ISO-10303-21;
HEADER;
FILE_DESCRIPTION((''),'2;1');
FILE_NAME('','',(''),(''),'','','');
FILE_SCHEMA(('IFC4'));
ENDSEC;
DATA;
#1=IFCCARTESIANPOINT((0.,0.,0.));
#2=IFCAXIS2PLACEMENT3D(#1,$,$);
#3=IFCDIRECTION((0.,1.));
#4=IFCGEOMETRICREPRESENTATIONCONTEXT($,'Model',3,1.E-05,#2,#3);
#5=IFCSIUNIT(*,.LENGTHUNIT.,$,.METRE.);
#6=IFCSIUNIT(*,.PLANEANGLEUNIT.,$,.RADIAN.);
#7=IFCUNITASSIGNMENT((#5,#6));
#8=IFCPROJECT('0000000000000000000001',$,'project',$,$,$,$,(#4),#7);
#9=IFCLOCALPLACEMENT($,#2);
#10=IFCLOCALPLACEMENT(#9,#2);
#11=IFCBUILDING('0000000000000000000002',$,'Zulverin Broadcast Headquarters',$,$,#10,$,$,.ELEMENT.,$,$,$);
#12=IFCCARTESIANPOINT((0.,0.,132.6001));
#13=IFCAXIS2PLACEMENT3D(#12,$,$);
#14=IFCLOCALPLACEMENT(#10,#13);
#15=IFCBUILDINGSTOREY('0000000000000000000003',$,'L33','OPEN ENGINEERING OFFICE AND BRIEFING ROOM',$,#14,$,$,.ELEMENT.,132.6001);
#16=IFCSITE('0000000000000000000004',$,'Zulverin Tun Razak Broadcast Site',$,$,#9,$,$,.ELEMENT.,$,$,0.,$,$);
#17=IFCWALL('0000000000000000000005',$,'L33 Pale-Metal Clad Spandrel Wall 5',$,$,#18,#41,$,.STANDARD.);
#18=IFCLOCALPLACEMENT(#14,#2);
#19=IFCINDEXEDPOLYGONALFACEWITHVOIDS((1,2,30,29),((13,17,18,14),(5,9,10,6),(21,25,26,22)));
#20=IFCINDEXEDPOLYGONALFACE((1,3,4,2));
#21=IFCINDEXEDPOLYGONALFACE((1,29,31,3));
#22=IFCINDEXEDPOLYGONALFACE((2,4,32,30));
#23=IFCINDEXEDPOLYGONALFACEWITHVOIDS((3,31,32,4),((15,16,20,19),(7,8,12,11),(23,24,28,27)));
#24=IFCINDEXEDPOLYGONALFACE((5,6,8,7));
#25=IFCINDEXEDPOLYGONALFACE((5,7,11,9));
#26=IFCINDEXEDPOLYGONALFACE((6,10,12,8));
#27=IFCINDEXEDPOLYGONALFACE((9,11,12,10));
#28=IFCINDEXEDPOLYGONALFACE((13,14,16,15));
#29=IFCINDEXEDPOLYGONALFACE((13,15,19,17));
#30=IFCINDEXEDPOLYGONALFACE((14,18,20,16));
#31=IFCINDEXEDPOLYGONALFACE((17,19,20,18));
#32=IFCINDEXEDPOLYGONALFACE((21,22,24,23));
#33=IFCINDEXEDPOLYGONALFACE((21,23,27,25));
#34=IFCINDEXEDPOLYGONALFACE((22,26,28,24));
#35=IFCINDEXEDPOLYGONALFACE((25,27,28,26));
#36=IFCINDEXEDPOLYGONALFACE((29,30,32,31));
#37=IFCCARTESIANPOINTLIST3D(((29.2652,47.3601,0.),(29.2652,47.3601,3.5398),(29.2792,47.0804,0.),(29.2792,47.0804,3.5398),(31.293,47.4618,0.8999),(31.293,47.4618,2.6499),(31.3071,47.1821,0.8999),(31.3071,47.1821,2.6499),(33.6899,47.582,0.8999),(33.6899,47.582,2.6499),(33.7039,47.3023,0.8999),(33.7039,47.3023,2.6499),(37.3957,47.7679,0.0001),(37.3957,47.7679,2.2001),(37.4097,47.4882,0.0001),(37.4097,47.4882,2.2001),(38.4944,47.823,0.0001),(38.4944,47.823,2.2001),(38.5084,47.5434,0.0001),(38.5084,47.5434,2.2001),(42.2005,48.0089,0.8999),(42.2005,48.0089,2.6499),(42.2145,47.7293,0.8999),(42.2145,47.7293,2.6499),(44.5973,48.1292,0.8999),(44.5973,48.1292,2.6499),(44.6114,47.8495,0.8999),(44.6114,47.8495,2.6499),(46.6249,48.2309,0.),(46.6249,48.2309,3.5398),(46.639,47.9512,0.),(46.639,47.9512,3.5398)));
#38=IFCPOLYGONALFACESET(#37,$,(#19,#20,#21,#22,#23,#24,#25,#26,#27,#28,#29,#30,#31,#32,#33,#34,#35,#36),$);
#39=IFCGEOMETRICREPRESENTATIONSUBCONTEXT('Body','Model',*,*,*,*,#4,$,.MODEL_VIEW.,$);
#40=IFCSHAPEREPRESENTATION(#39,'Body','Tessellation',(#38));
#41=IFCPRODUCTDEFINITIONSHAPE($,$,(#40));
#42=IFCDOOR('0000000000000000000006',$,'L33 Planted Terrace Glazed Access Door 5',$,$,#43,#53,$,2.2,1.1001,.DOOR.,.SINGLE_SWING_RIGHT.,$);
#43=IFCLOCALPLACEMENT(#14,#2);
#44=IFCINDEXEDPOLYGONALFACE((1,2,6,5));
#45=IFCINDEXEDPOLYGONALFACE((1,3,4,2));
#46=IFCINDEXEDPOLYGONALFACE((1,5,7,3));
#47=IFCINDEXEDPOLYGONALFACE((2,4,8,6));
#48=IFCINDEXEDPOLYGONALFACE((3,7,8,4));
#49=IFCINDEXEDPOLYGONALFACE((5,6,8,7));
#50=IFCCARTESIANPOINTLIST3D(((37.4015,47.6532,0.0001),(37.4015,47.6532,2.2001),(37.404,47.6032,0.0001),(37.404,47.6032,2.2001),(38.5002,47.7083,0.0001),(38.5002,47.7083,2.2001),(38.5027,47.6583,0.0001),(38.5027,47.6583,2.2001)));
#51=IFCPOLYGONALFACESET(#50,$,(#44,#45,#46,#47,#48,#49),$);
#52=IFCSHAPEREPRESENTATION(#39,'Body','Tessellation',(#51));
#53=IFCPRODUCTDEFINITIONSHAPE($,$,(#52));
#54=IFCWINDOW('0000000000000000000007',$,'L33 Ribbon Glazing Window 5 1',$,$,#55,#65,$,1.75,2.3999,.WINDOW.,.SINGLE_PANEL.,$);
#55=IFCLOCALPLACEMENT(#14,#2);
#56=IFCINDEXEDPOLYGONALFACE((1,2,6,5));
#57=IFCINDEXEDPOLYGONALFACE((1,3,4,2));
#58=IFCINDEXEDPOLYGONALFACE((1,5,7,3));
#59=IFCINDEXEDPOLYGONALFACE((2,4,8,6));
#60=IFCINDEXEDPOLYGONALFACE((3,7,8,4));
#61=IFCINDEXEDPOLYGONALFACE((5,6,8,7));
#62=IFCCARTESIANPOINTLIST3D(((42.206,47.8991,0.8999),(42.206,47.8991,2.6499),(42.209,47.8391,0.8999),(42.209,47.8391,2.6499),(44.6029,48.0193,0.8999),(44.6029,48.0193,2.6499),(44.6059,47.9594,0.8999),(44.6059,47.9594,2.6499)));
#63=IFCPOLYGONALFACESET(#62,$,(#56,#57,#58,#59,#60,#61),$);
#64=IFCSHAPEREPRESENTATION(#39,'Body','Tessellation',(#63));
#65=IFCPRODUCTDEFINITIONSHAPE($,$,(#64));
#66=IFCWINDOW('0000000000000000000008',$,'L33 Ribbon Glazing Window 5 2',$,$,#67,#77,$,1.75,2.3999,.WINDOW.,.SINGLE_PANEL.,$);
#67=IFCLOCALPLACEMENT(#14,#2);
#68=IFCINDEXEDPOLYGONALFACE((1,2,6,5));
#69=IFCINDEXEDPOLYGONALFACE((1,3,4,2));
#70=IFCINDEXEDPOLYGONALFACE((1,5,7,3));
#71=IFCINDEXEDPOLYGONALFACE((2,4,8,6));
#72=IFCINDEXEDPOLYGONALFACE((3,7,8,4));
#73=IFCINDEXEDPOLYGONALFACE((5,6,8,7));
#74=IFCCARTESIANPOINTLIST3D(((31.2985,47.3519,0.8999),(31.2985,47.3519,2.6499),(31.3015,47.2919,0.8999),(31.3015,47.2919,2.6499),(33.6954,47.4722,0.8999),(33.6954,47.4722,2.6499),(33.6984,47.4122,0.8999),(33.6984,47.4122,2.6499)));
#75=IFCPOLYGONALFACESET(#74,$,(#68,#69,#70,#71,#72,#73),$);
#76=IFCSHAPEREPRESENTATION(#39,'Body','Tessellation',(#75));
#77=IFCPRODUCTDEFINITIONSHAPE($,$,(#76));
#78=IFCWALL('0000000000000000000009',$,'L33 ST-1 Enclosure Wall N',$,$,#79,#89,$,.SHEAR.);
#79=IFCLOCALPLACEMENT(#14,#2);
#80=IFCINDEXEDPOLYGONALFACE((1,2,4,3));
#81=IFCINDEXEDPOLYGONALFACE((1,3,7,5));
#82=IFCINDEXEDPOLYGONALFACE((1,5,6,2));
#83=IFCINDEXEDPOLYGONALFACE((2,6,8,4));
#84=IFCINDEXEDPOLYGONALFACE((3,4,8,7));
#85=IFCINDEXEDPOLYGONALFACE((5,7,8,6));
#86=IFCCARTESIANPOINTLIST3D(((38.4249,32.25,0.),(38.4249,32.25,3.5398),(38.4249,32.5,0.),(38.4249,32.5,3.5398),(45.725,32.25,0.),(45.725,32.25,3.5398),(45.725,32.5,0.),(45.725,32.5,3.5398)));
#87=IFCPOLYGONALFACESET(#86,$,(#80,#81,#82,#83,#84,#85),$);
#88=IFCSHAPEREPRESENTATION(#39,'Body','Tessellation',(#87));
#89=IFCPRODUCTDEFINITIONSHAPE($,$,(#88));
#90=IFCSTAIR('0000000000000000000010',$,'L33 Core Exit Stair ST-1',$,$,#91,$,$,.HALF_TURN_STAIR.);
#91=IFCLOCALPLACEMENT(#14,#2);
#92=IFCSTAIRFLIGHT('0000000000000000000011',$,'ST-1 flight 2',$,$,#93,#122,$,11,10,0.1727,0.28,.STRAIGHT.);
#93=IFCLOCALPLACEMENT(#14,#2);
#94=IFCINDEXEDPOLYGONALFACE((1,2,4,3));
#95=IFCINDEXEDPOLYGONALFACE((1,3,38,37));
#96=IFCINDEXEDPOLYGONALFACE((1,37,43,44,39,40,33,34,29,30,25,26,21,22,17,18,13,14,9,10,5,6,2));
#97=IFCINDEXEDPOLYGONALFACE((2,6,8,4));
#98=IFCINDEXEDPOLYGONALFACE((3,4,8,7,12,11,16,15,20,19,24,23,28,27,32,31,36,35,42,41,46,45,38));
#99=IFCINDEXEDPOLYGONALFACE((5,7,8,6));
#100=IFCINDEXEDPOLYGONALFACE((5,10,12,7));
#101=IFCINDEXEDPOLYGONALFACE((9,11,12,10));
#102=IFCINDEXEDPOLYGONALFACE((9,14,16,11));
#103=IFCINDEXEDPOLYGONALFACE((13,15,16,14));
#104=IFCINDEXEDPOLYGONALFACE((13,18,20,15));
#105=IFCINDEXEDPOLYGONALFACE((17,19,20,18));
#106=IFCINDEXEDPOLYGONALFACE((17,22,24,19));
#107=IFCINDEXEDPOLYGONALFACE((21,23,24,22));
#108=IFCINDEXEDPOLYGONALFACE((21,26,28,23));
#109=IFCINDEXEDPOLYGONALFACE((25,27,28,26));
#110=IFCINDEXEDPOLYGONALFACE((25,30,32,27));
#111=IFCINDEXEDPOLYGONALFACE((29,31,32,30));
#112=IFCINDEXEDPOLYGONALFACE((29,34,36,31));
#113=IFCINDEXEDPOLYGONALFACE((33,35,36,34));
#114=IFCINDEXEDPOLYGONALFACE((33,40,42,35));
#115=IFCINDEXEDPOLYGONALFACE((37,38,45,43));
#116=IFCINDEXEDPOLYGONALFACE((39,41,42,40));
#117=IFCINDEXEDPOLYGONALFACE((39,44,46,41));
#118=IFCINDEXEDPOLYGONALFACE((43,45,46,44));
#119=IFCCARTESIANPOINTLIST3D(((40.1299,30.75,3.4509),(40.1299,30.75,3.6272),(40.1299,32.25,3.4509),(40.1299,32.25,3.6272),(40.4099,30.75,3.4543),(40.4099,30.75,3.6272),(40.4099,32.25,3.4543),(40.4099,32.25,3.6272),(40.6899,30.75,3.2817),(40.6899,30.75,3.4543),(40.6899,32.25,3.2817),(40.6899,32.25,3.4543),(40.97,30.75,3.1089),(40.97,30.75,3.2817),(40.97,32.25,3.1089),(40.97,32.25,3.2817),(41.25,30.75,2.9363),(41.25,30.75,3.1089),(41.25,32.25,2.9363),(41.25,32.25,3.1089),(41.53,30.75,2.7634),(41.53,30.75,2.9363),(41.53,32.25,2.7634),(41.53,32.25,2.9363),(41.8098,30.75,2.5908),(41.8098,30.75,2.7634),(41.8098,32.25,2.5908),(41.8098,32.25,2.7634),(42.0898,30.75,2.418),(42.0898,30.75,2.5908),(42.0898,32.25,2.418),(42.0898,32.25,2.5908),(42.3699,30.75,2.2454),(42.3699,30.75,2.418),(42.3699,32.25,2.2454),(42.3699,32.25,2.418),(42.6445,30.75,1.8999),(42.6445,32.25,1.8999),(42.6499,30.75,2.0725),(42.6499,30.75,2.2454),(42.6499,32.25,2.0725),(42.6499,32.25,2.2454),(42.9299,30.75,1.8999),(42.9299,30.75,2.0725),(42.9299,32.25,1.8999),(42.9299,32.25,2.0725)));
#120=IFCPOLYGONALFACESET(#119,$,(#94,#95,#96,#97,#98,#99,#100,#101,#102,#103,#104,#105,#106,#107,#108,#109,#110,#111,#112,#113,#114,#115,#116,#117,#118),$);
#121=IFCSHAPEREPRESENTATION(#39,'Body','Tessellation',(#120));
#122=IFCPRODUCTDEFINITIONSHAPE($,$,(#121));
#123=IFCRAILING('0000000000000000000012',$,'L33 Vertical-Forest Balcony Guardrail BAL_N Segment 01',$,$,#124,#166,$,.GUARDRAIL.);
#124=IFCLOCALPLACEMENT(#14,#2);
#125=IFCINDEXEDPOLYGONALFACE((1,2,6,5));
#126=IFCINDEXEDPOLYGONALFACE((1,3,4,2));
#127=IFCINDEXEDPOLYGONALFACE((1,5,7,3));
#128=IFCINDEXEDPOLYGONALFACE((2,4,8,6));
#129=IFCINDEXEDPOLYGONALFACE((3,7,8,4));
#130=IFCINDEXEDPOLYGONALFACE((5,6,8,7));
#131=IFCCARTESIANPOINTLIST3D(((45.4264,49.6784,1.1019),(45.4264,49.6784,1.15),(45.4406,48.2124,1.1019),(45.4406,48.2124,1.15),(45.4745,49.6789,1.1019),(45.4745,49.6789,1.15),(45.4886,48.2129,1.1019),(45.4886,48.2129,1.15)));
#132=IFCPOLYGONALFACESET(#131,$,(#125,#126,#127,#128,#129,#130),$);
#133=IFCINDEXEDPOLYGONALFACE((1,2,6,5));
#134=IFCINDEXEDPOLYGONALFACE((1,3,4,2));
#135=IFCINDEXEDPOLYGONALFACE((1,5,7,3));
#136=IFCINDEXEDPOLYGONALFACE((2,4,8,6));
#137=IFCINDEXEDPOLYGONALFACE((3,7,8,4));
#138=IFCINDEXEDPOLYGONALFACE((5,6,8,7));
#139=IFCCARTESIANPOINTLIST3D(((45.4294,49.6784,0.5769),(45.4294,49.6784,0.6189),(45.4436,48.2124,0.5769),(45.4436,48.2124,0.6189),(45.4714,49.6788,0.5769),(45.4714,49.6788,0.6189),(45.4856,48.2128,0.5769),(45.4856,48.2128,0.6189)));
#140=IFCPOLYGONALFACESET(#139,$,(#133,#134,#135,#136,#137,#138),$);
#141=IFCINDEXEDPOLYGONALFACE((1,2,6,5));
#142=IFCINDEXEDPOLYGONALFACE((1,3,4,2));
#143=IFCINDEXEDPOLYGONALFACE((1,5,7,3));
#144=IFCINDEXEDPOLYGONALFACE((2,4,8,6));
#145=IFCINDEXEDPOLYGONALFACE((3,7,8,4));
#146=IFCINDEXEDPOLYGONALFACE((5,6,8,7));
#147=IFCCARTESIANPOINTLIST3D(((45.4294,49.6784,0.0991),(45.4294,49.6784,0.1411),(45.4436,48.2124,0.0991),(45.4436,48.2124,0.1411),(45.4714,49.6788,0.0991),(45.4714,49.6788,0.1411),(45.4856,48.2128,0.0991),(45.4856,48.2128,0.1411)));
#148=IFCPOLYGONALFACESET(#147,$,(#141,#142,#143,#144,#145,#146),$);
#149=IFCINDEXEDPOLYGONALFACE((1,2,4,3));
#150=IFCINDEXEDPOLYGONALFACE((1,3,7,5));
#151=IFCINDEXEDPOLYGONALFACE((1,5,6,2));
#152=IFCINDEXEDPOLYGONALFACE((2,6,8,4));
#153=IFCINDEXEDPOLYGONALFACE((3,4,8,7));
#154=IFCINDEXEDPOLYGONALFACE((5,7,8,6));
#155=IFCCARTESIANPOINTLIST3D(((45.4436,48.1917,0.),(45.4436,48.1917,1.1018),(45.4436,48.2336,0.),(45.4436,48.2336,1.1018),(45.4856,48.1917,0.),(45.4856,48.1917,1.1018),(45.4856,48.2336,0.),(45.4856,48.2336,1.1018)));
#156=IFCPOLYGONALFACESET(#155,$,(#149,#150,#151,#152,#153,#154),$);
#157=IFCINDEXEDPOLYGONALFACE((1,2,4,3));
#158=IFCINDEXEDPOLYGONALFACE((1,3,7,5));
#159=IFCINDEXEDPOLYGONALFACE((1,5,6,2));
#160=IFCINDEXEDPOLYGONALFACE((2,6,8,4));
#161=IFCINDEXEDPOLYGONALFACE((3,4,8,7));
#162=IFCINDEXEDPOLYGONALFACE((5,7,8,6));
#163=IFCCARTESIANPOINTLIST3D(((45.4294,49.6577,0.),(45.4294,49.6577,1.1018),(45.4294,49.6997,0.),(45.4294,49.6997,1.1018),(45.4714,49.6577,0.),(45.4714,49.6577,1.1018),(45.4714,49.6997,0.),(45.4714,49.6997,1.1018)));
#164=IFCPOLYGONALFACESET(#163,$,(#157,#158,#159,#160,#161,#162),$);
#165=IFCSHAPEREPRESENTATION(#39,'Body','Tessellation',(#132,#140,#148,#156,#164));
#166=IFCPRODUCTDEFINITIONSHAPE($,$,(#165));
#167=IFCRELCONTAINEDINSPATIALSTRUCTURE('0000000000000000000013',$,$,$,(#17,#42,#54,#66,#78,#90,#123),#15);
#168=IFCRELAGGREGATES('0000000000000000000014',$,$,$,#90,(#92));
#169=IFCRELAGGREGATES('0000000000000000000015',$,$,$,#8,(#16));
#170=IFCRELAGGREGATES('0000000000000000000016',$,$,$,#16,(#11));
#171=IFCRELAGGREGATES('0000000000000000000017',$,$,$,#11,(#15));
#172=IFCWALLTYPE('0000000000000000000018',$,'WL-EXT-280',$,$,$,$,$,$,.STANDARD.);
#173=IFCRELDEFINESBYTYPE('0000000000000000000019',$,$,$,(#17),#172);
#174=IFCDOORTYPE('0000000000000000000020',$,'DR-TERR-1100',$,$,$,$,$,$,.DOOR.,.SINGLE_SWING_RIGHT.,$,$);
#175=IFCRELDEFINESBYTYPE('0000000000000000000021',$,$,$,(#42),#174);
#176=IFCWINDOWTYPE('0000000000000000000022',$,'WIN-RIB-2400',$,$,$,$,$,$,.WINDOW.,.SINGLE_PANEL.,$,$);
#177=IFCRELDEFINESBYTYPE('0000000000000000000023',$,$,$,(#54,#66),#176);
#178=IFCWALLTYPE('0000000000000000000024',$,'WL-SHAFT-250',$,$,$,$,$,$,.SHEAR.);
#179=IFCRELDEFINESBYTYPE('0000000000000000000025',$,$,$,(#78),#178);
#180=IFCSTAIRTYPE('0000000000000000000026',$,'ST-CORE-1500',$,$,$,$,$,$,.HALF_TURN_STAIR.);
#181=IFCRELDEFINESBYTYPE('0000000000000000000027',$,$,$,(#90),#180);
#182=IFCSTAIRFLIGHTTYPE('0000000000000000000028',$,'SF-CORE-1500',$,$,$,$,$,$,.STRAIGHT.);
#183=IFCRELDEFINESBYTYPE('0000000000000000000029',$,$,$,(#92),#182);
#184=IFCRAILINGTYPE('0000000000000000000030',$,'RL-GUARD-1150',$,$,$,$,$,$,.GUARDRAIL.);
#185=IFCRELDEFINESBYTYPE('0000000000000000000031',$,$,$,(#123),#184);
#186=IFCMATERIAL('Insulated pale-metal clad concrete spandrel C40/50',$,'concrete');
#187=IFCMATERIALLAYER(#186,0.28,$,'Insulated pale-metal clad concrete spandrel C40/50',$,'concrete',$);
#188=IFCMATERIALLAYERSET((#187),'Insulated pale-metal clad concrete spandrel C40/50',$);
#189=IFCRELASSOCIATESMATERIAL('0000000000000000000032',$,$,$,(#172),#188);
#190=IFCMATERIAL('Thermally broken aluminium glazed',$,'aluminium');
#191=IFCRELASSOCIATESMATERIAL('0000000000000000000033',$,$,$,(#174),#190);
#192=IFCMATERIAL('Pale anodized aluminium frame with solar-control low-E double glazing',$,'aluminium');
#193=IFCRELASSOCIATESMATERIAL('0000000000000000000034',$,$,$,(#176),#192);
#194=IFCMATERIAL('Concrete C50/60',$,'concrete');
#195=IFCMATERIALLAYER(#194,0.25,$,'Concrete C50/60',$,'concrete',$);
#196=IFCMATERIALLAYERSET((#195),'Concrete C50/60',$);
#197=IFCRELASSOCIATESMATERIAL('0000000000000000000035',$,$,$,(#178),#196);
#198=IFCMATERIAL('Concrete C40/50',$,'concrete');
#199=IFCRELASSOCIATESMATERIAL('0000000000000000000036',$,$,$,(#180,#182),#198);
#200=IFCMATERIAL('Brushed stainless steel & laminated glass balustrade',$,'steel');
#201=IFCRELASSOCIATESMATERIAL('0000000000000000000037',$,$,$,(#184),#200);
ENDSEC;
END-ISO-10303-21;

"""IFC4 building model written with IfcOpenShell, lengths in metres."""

from ifc_helpers import new_model, si_unit, direction, frame, frame_2d, origin, origin_2d, place, context, subcontext, project, spatial, polyline, rectangle, outline, extrude, material, layer, layer_set, type_object, element, fill, aggregate, save


model = new_model("IFC4")

# Units and contexts
model_context = context("Model", 3, precision=1e-05, world=origin(), true_north=direction((0.0, 1.0)))
body_context = subcontext(model_context, "Body", "Model", "MODEL_VIEW")
ifc_project = project(units=[si_unit("LENGTHUNIT", "METRE"), si_unit("PLANEANGLEUNIT", "RADIAN")], contexts=[model_context])

# Site, building, storey
site_placement = place(None, origin())
site = spatial("IfcSite", under=ifc_project, at=site_placement, Name="Zulverin Tun Razak Broadcast Site", CompositionType="ELEMENT", RefElevation=0.0)
building_placement = place(site_placement, origin())
building = spatial("IfcBuilding", under=site, at=building_placement, Name="Zulverin Broadcast Headquarters", CompositionType="ELEMENT")
storey_placement = place(building_placement, frame((0.0, 0.0, 132.6001)))
storey = spatial("IfcBuildingStorey", under=building, at=storey_placement, Name="L33", Description="OPEN ENGINEERING OFFICE AND BRIEFING ROOM", CompositionType="ELEMENT", Elevation=132.6001)

# Shared definitions
ifc_material_1 = material(Name="Concrete C50/60", Category="concrete")

# Shared definitions
ifc_material_2 = material(Name="Concrete C40/50", Category="concrete")

# Wall, openings, door, windows
ifc_material_3 = material(Name="Insulated pale-metal clad concrete spandrel C40/50", Category="concrete")
ifc_layer_1 = layer(ifc_material_3, 0.28, Name="Insulated pale-metal clad concrete spandrel C40/50", Category="concrete")
ifc_layer_set_1 = layer_set([ifc_layer_1], Name="Insulated pale-metal clad concrete spandrel C40/50")
wall_type_1 = type_object("IfcWallType", Name="WL-EXT-280", PredefinedType="STANDARD", material=ifc_layer_set_1)
wall_1_placement = place(storey_placement, frame((46.6321, 48.0911, 0.0), z_axis=(0.0, 0.0, 1.0), x_axis=(-0.998744, -0.050102, 0.0)))
wall_1 = element("IfcWall", 1, at=wall_1_placement, inside=storey, type_object=wall_type_1, Name="L33 Pale-Metal Clad Spandrel Wall 5", PredefinedType="STANDARD", context=body_context, shape_type="SweptSolid", body=[
    extrude(rectangle(XDim=17.3816, YDim=0.28, at=frame_2d((8.6909, 0.0))), origin(), (0.0, 0.0, 1.0), 3.5398),
])
opening_1_placement = place(wall_1_placement, frame((8.1409, 0.0, 0.0)))
opening_1 = element("IfcOpeningElement", 2, at=opening_1_placement, cuts=wall_1, PredefinedType="OPENING", context=body_context, shape_type="SweptSolid", body=[
    extrude(rectangle(XDim=1.1001, YDim=2.2, at=frame_2d((0.55, 1.1001))), frame((0.0, 0.1499, 0.0), z_axis=(0.0, -1.0, 0.0), x_axis=(1.0, 0.0, 0.0)), (0.0, 0.0, 1.0), 0.3),
])
opening_2_placement = place(wall_1_placement, frame((2.0303, 0.0, 0.8999)))
opening_2 = element("IfcOpeningElement", 3, at=opening_2_placement, cuts=wall_1, PredefinedType="OPENING", context=body_context, shape_type="SweptSolid", body=[
    extrude(rectangle(XDim=2.3999, YDim=1.75, at=frame_2d((1.2, 0.875))), frame((0.0, 0.1499, 0.0), z_axis=(0.0, -1.0, 0.0), x_axis=(1.0, 0.0, 0.0)), (0.0, 0.0, 1.0), 0.3),
])
opening_3_placement = place(wall_1_placement, frame((12.9514, 0.0, 0.8999)))
opening_3 = element("IfcOpeningElement", 4, at=opening_3_placement, cuts=wall_1, PredefinedType="OPENING", context=body_context, shape_type="SweptSolid", body=[
    extrude(rectangle(XDim=2.3999, YDim=1.75, at=frame_2d((1.2, 0.875))), frame((0.0, 0.1499, 0.0), z_axis=(0.0, -1.0, 0.0), x_axis=(1.0, 0.0, 0.0)), (0.0, 0.0, 1.0), 0.3),
])
ifc_material_4 = material(Name="Thermally broken aluminium glazed", Category="aluminium")
door_type = type_object("IfcDoorType", Name="DR-TERR-1100", OperationType="SINGLE_SWING_RIGHT", PredefinedType="DOOR", material=ifc_material_4)
door_placement = place(opening_1_placement, origin())
door = element("IfcDoor", 5, at=door_placement, inside=storey, type_object=door_type, Name="L33 Planted Terrace Glazed Access Door 5", OperationType="SINGLE_SWING_RIGHT", OverallHeight=2.2, OverallWidth=1.1001, PredefinedType="DOOR", context=body_context, shape_type="SweptSolid", body=[
    extrude(rectangle(XDim=1.1001, YDim=2.2, at=frame_2d((0.55, 1.1001))), frame((0.0, 0.0249, 0.0), z_axis=(0.0, -1.0, 0.0), x_axis=(1.0, 0.0, 0.0)), (0.0, 0.0, 1.0), 0.05),
])
fill(opening_1, door)
ifc_material_5 = material(Name="Pale anodized aluminium frame with solar-control low-E double glazing", Category="aluminium")
window_type = type_object("IfcWindowType", Name="WIN-RIB-2400", PartitioningType="SINGLE_PANEL", PredefinedType="WINDOW", material=ifc_material_5)
window_1_placement = place(opening_2_placement, origin())
window_1 = element("IfcWindow", 6, at=window_1_placement, inside=storey, type_object=window_type, Name="L33 Ribbon Glazing Window 5 1", OverallHeight=1.75, OverallWidth=2.3999, PartitioningType="SINGLE_PANEL", PredefinedType="WINDOW", context=body_context, shape_type="SweptSolid", body=[
    extrude(rectangle(XDim=2.3999, YDim=1.75, at=frame_2d((1.2, 0.875))), frame((0.0, 0.03, 0.0), z_axis=(0.0, -1.0, 0.0), x_axis=(1.0, 0.0, 0.0)), (0.0, 0.0, 1.0), 0.0601),
])
fill(opening_2, window_1)
window_2_placement = place(opening_3_placement, origin())
window_2 = element("IfcWindow", 7, at=window_2_placement, inside=storey, type_object=window_type, Name="L33 Ribbon Glazing Window 5 2", OverallHeight=1.75, OverallWidth=2.3999, PartitioningType="SINGLE_PANEL", PredefinedType="WINDOW", context=body_context, shape_type="SweptSolid", body=[
    extrude(rectangle(XDim=2.3999, YDim=1.75, at=frame_2d((1.2, 0.875))), frame((0.0, 0.03, 0.0), z_axis=(0.0, -1.0, 0.0), x_axis=(1.0, 0.0, 0.0)), (0.0, 0.0, 1.0), 0.0601),
])
fill(opening_3, window_2)

# Wall
ifc_layer_2 = layer(ifc_material_1, 0.25, Name="Concrete C50/60", Category="concrete")
ifc_layer_set_2 = layer_set([ifc_layer_2], Name="Concrete C50/60")
wall_type_2 = type_object("IfcWallType", Name="WL-SHAFT-250", PredefinedType="SHEAR", material=ifc_layer_set_2)
wall_2_placement = place(storey_placement, frame((38.425, 32.375, 0.0), z_axis=(0.0, 0.0, 1.0), x_axis=(1.0, 0.0, 0.0)))
element("IfcWall", 8, at=wall_2_placement, inside=storey, type_object=wall_type_2, Name="L33 ST-1 Enclosure Wall N", PredefinedType="SHEAR", context=body_context, shape_type="SweptSolid", body=[
    extrude(rectangle(XDim=7.3, YDim=0.25, at=frame_2d((3.6499, 0.0))), origin(), (0.0, 0.0, 1.0), 3.5398),
])

# Stair, stair flight
stair_type = type_object("IfcStairType", Name="ST-CORE-1500", PredefinedType="HALF_TURN_STAIR", material=ifc_material_2)
stair_placement = place(storey_placement, origin())
stair = element("IfcStair", 9, at=stair_placement, inside=storey, type_object=stair_type, Name="L33 Core Exit Stair ST-1", PredefinedType="HALF_TURN_STAIR")
stair_flight_type = type_object("IfcStairFlightType", Name="SF-CORE-1500", PredefinedType="STRAIGHT", material=ifc_material_2)
stair_flight_placement = place(storey_placement, frame((42.9299, 31.5, 1.8999), z_axis=(0.0, 0.0, 1.0), x_axis=(-1.0, 0.0, 0.0)))
stair_flight = element("IfcStairFlight", 10, at=stair_flight_placement, type_object=stair_flight_type, Name="ST-1 flight 2", NumberOfRisers=11, NumberOfTreads=10, PredefinedType="STRAIGHT", RiserHeight=0.1727, TreadLength=0.28, context=body_context, shape_type="SweptSolid", body=[
    extrude(outline(polyline([(0.0, 0.0), (0.0, 0.1726), (0.28, 0.1726), (0.28, 0.3455), (0.5601, 0.3455), (0.5601, 0.5181), (0.8401, 0.5181), (0.8401, 0.6909), (1.1201, 0.6909), (1.1201, 0.8635), (1.3999, 0.8635), (1.3999, 1.0364), (1.6799, 1.0364), (1.6799, 1.209), (1.96, 1.209), (1.96, 1.3818), (2.24, 1.3818), (2.24, 1.5544), (2.52, 1.5544), (2.52, 1.7273), (2.8, 1.7273), (2.8, 1.8999), (2.8, 1.551), (0.2854, 0.0), (0.0, 0.0)])), frame((0.0, 0.75, 0.0), z_axis=(0.0, -1.0, 0.0), x_axis=(1.0, 0.0, 0.0)), (0.0, 0.0, 1.0), 1.5),
])
aggregate(stair, [stair_flight])

# Railing
ifc_material_6 = material(Name="Brushed stainless steel & laminated glass balustrade", Category="steel")
railing_type_1 = type_object("IfcRailingType", Name="RL-GUARD-1150", PredefinedType="GUARDRAIL", material=ifc_material_6)
railing_1_placement = place(storey_placement, frame((45.4646, 48.2126, 0.0)))
element("IfcRailing", 11, at=railing_1_placement, inside=storey, type_object=railing_type_1, Name="L33 Vertical-Forest Balcony Guardrail BAL_N Segment 01", PredefinedType="GUARDRAIL", context=body_context, shape_type="SweptSolid", body=[
    extrude(rectangle(XDim=0.0481, YDim=0.0481, at=origin_2d()), frame((0.0, 0.0, 1.126), z_axis=(-0.009658, 0.999953, 0.0), x_axis=(-0.999953, -0.009658, 0.0)), (0.0, 0.0, 1.0), 1.4661),
    extrude(rectangle(XDim=0.042, YDim=0.042, at=origin_2d()), frame((0.0, 0.0, 0.5979), z_axis=(-0.009658, 0.999953, 0.0), x_axis=(-0.999953, -0.009658, 0.0)), (0.0, 0.0, 1.0), 1.4661),
    extrude(rectangle(XDim=0.042, YDim=0.042, at=origin_2d()), frame((0.0, 0.0, 0.1201), z_axis=(-0.009658, 0.999953, 0.0), x_axis=(-0.999953, -0.009658, 0.0)), (0.0, 0.0, 1.0), 1.4661),
    extrude(rectangle(XDim=0.042, YDim=0.042, at=origin_2d()), origin(), (0.0, 0.0, 1.0), 1.1018),
    extrude(rectangle(XDim=0.042, YDim=0.042, at=origin_2d()), frame((-0.0142, 1.4661, 0.0)), (0.0, 0.0, 1.0), 1.1018),
])

save(model, "model.ifc")
